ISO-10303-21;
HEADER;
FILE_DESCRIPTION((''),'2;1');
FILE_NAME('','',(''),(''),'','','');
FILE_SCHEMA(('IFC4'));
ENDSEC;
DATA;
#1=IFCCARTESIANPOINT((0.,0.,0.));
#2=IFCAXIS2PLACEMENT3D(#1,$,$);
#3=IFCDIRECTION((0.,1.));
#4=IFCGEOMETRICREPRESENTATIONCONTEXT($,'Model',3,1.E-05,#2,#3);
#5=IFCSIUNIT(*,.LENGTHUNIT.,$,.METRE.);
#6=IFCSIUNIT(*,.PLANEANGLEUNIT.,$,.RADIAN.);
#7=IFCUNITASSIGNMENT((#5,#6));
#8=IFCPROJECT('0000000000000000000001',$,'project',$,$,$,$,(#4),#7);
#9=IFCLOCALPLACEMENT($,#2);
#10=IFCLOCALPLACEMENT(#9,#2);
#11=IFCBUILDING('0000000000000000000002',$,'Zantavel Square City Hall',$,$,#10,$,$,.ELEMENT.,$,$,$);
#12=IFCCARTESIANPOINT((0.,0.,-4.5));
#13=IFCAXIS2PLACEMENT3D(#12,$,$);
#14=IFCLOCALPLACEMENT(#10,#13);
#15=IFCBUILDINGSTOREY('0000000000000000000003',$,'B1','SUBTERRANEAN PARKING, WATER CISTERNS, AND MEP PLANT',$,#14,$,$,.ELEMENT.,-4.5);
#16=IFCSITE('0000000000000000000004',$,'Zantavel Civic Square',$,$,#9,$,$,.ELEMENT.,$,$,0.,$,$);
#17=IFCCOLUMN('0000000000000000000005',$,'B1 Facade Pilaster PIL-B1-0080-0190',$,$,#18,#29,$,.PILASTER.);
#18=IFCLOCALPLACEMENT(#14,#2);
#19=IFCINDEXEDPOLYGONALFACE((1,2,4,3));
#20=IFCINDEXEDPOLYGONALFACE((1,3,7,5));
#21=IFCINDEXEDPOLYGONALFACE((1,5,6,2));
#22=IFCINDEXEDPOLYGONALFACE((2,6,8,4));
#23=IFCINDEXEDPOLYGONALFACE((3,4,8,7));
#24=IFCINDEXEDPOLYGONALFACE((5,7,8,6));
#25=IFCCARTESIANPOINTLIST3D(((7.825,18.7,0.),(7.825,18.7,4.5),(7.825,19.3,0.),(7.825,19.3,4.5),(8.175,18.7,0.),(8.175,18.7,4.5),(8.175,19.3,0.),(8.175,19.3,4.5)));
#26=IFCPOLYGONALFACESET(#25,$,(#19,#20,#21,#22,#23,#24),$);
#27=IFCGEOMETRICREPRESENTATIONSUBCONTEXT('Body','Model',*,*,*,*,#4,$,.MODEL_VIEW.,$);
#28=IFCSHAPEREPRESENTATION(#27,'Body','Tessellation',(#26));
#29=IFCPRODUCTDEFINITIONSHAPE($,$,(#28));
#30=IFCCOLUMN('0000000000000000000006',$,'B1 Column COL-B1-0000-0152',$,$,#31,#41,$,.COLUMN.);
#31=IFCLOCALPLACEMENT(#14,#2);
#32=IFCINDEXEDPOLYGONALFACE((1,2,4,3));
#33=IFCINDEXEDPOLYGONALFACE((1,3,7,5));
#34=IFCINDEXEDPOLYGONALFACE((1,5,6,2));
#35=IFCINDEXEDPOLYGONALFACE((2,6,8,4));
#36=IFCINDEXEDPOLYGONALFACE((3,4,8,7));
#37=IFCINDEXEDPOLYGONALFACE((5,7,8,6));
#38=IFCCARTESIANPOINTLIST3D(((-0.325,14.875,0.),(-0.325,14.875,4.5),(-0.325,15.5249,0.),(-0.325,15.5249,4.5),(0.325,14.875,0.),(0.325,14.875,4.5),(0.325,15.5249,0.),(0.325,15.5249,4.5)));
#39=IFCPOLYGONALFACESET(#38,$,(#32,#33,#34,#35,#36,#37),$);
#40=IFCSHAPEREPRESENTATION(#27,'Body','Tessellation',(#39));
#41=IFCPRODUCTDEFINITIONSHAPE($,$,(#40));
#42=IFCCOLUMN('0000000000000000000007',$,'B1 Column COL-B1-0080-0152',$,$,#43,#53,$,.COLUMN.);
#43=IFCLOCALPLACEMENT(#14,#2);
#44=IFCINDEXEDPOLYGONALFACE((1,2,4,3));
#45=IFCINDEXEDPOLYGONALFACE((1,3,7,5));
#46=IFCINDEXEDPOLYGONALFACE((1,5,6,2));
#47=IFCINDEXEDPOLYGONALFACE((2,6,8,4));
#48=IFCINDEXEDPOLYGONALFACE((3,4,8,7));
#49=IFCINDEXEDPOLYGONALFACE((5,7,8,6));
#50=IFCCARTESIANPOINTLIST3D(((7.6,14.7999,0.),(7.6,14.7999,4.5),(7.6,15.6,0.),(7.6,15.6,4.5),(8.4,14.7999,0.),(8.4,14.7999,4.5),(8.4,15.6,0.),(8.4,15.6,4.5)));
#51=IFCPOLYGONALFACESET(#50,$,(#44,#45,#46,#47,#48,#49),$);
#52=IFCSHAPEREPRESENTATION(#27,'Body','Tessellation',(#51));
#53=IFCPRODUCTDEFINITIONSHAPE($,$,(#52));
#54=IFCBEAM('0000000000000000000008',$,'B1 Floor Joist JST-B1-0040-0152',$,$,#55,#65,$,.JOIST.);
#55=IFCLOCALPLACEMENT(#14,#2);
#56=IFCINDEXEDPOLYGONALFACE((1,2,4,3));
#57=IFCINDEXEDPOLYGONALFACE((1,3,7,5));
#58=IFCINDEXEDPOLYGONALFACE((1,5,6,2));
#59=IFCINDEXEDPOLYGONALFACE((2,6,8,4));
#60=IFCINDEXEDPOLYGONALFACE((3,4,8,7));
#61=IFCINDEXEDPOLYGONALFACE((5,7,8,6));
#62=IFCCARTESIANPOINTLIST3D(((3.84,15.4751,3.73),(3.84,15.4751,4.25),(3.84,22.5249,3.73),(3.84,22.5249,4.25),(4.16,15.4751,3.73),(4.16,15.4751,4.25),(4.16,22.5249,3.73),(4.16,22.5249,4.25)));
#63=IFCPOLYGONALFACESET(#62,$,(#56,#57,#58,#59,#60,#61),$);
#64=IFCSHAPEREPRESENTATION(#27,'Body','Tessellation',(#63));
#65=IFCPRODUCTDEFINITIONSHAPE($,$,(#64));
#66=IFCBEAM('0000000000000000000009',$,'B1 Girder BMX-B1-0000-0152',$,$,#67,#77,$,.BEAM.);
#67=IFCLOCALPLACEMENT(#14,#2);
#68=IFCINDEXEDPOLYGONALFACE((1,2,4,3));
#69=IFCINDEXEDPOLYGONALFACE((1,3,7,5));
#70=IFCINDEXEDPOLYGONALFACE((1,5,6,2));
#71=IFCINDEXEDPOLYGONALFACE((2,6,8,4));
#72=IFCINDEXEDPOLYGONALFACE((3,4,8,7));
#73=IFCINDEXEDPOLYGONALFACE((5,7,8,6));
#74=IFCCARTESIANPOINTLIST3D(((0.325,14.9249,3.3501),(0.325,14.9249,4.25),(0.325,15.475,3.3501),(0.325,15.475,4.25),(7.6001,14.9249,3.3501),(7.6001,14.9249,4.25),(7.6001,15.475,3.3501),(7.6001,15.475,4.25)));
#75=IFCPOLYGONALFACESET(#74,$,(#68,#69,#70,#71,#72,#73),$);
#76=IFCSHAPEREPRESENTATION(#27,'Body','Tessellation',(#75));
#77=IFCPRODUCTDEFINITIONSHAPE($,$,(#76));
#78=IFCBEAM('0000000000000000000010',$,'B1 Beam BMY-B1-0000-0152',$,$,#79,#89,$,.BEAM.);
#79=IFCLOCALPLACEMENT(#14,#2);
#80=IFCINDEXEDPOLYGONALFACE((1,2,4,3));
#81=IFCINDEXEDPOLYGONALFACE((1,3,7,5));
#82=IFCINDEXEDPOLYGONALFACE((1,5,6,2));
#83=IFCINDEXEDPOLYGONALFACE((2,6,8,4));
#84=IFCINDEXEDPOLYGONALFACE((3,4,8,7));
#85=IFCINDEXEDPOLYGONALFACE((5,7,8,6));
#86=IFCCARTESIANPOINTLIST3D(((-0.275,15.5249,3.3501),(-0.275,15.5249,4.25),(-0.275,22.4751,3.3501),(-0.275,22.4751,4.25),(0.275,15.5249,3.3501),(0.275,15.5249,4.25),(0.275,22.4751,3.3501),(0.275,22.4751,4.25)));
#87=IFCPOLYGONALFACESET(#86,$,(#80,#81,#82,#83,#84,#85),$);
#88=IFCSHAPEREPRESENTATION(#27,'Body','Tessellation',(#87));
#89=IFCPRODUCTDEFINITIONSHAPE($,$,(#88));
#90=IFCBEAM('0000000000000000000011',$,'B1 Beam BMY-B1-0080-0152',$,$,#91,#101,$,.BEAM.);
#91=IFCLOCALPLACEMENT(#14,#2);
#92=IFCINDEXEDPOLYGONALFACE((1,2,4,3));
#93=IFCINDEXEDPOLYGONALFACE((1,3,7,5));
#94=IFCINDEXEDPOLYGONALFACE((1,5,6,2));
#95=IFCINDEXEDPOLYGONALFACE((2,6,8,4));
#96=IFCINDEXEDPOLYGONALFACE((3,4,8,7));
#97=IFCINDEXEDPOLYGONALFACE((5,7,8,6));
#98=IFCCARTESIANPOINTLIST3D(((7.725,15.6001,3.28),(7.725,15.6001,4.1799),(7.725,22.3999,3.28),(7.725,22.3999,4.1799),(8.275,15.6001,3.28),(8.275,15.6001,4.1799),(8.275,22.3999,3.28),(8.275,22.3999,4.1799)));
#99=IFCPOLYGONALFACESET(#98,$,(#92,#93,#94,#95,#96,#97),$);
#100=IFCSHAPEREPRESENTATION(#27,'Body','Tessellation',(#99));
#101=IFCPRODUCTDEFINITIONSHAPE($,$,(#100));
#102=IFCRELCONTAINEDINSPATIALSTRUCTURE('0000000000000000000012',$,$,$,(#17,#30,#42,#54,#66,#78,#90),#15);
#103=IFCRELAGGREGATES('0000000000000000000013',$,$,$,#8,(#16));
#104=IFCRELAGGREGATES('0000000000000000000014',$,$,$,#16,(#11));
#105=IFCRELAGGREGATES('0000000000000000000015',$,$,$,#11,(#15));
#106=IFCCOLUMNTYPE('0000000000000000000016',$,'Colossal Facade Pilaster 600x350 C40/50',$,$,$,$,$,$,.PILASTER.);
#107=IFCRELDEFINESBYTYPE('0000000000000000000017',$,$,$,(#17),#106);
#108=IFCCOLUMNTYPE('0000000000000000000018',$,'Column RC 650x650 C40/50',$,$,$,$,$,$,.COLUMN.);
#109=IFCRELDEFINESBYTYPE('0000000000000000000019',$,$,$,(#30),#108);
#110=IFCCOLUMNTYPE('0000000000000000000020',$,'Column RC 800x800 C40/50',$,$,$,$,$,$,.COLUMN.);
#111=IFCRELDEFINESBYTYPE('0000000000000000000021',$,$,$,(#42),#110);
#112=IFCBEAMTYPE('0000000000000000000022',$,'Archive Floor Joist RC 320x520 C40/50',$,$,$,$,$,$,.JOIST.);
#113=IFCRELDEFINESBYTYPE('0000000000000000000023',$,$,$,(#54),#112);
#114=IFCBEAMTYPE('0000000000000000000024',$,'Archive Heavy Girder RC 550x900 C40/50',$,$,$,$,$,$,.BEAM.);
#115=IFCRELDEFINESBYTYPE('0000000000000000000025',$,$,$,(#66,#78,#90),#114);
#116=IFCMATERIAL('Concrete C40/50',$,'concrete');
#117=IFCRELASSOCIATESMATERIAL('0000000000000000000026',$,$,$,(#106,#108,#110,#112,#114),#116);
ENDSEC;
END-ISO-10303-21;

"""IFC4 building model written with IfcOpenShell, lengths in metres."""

from ifc_helpers import new_model, si_unit, direction, frame, origin, origin_2d, place, context, subcontext, project, spatial, rectangle, extrude, material, material_profile, profile_set, type_object, element, save


model = new_model("IFC4")

# Units and contexts
model_context = context("Model", 3, precision=1e-05, world=origin(), true_north=direction((0.0, 1.0)))
body_context = subcontext(model_context, "Body", "Model", "MODEL_VIEW")
ifc_project = project(units=[si_unit("LENGTHUNIT", "METRE"), si_unit("PLANEANGLEUNIT", "RADIAN")], contexts=[model_context])

# Site, building, storey
site_placement = place(None, origin())
site = spatial("IfcSite", under=ifc_project, at=site_placement, Name="Zantavel Civic Square", CompositionType="ELEMENT", RefElevation=0.0)
building_placement = place(site_placement, origin())
building = spatial("IfcBuilding", under=site, at=building_placement, Name="Zantavel Square City Hall", CompositionType="ELEMENT")
storey_placement = place(building_placement, frame((0.0, 0.0, -4.5)))
storey = spatial("IfcBuildingStorey", under=building, at=storey_placement, Name="B1", Description="SUBTERRANEAN PARKING, WATER CISTERNS, AND MEP PLANT", CompositionType="ELEMENT", Elevation=-4.5)

# Shared definitions
ifc_material_1 = material(Name="Concrete C40/50", Category="concrete")

# Columns
ifc_material_profile_1 = material_profile(ifc_material_1, rectangle(XDim=0.6001, YDim=0.3501, at=origin_2d()), Name="RC 600x350")
ifc_profile_set_1 = profile_set([ifc_material_profile_1], Name="Concrete C40/50")
column_type_1 = type_object("IfcColumnType", Name="Colossal Facade Pilaster 600x350 C40/50", PredefinedType="PILASTER", material=ifc_profile_set_1)
column_1_placement = place(storey_placement, frame((8.0, 19.0, 0.0), z_axis=(0.0, 0.0, 1.0), x_axis=(0.0, 1.0, 0.0)))
element("IfcColumn", 1, at=column_1_placement, inside=storey, type_object=column_type_1, Name="B1 Facade Pilaster PIL-B1-0080-0190", PredefinedType="PILASTER", context=body_context, shape_type="SweptSolid", body=[
    extrude(rectangle(XDim=0.6001, YDim=0.3501, at=origin_2d()), origin(), (0.0, 0.0, 1.0), 4.5),
])
ifc_material_profile_2 = material_profile(ifc_material_1, rectangle(XDim=0.6499, YDim=0.6499, at=origin_2d()), Name="RC 650x650")
ifc_profile_set_2 = profile_set([ifc_material_profile_2], Name="Concrete C40/50")
column_type_2 = type_object("IfcColumnType", Name="Column RC 650x650 C40/50", PredefinedType="COLUMN", material=ifc_profile_set_2)
column_2_placement = place(storey_placement, frame((0.0, 15.2, 0.0), z_axis=(0.0, 0.0, 1.0), x_axis=(1.0, 0.0, 0.0)))
element("IfcColumn", 2, at=column_2_placement, inside=storey, type_object=column_type_2, Name="B1 Column COL-B1-0000-0152", PredefinedType="COLUMN", context=body_context, shape_type="SweptSolid", body=[
    extrude(rectangle(XDim=0.6499, YDim=0.6499, at=origin_2d()), origin(), (0.0, 0.0, 1.0), 4.5),
])
ifc_material_profile_3 = material_profile(ifc_material_1, rectangle(XDim=0.8, YDim=0.8, at=origin_2d()), Name="RC 800x800")
ifc_profile_set_3 = profile_set([ifc_material_profile_3], Name="Concrete C40/50")
column_type_3 = type_object("IfcColumnType", Name="Column RC 800x800 C40/50", PredefinedType="COLUMN", material=ifc_profile_set_3)
column_3_placement = place(storey_placement, frame((8.0, 15.2, 0.0), z_axis=(0.0, 0.0, 1.0), x_axis=(1.0, 0.0, 0.0)))
element("IfcColumn", 3, at=column_3_placement, inside=storey, type_object=column_type_3, Name="B1 Column COL-B1-0080-0152", PredefinedType="COLUMN", context=body_context, shape_type="SweptSolid", body=[
    extrude(rectangle(XDim=0.8, YDim=0.8, at=origin_2d()), origin(), (0.0, 0.0, 1.0), 4.5),
])

# Beams
ifc_material_profile_4 = material_profile(ifc_material_1, rectangle(XDim=0.3201, YDim=0.52, at=origin_2d()), Name="RC 320x520")
ifc_profile_set_4 = profile_set([ifc_material_profile_4], Name="Concrete C40/50")
beam_type_1 = type_object("IfcBeamType", Name="Archive Floor Joist RC 320x520 C40/50", PredefinedType="JOIST", material=ifc_profile_set_4)
beam_1_placement = place(storey_placement, frame((4.0, 15.4751, 3.99), z_axis=(0.0, 1.0, 0.0), x_axis=(-1.0, 0.0, 0.0)))
element("IfcBeam", 4, at=beam_1_placement, inside=storey, type_object=beam_type_1, Name="B1 Floor Joist JST-B1-0040-0152", PredefinedType="JOIST", context=body_context, shape_type="SweptSolid", body=[
    extrude(rectangle(XDim=0.3201, YDim=0.52, at=origin_2d()), origin(), (0.0, 0.0, 1.0), 7.0498),
])
ifc_material_profile_5 = material_profile(ifc_material_1, rectangle(XDim=0.55, YDim=0.8999, at=origin_2d()), Name="RC 550x900")
ifc_profile_set_5 = profile_set([ifc_material_profile_5], Name="Concrete C40/50")
beam_type_2 = type_object("IfcBeamType", Name="Archive Heavy Girder RC 550x900 C40/50", PredefinedType="BEAM", material=ifc_profile_set_5)
beam_2_placement = place(storey_placement, frame((0.325, 15.2, 3.8), z_axis=(1.0, 0.0, 0.0), x_axis=(0.0, 1.0, 0.0)))
element("IfcBeam", 5, at=beam_2_placement, inside=storey, type_object=beam_type_2, Name="B1 Girder BMX-B1-0000-0152", PredefinedType="BEAM", context=body_context, shape_type="SweptSolid", body=[
    extrude(rectangle(XDim=0.55, YDim=0.8999, at=origin_2d()), origin(), (0.0, 0.0, 1.0), 7.2751),
])
beam_3_placement = place(storey_placement, frame((0.0, 15.5249, 3.8), z_axis=(0.0, 1.0, 0.0), x_axis=(-1.0, 0.0, 0.0)))
element("IfcBeam", 6, at=beam_3_placement, inside=storey, type_object=beam_type_2, Name="B1 Beam BMY-B1-0000-0152", PredefinedType="BEAM", context=body_context, shape_type="SweptSolid", body=[
    extrude(rectangle(XDim=0.55, YDim=0.8999, at=origin_2d()), origin(), (0.0, 0.0, 1.0), 6.9502),
])
beam_4_placement = place(storey_placement, frame((8.0, 15.6001, 3.73), z_axis=(0.0, 1.0, 0.0), x_axis=(-1.0, 0.0, 0.0)))
element("IfcBeam", 7, at=beam_4_placement, inside=storey, type_object=beam_type_2, Name="B1 Beam BMY-B1-0080-0152", PredefinedType="BEAM", context=body_context, shape_type="SweptSolid", body=[
    extrude(rectangle(XDim=0.55, YDim=0.8999, at=origin_2d()), origin(), (0.0, 0.0, 1.0), 6.7998),
])

save(model, "model.ifc")
